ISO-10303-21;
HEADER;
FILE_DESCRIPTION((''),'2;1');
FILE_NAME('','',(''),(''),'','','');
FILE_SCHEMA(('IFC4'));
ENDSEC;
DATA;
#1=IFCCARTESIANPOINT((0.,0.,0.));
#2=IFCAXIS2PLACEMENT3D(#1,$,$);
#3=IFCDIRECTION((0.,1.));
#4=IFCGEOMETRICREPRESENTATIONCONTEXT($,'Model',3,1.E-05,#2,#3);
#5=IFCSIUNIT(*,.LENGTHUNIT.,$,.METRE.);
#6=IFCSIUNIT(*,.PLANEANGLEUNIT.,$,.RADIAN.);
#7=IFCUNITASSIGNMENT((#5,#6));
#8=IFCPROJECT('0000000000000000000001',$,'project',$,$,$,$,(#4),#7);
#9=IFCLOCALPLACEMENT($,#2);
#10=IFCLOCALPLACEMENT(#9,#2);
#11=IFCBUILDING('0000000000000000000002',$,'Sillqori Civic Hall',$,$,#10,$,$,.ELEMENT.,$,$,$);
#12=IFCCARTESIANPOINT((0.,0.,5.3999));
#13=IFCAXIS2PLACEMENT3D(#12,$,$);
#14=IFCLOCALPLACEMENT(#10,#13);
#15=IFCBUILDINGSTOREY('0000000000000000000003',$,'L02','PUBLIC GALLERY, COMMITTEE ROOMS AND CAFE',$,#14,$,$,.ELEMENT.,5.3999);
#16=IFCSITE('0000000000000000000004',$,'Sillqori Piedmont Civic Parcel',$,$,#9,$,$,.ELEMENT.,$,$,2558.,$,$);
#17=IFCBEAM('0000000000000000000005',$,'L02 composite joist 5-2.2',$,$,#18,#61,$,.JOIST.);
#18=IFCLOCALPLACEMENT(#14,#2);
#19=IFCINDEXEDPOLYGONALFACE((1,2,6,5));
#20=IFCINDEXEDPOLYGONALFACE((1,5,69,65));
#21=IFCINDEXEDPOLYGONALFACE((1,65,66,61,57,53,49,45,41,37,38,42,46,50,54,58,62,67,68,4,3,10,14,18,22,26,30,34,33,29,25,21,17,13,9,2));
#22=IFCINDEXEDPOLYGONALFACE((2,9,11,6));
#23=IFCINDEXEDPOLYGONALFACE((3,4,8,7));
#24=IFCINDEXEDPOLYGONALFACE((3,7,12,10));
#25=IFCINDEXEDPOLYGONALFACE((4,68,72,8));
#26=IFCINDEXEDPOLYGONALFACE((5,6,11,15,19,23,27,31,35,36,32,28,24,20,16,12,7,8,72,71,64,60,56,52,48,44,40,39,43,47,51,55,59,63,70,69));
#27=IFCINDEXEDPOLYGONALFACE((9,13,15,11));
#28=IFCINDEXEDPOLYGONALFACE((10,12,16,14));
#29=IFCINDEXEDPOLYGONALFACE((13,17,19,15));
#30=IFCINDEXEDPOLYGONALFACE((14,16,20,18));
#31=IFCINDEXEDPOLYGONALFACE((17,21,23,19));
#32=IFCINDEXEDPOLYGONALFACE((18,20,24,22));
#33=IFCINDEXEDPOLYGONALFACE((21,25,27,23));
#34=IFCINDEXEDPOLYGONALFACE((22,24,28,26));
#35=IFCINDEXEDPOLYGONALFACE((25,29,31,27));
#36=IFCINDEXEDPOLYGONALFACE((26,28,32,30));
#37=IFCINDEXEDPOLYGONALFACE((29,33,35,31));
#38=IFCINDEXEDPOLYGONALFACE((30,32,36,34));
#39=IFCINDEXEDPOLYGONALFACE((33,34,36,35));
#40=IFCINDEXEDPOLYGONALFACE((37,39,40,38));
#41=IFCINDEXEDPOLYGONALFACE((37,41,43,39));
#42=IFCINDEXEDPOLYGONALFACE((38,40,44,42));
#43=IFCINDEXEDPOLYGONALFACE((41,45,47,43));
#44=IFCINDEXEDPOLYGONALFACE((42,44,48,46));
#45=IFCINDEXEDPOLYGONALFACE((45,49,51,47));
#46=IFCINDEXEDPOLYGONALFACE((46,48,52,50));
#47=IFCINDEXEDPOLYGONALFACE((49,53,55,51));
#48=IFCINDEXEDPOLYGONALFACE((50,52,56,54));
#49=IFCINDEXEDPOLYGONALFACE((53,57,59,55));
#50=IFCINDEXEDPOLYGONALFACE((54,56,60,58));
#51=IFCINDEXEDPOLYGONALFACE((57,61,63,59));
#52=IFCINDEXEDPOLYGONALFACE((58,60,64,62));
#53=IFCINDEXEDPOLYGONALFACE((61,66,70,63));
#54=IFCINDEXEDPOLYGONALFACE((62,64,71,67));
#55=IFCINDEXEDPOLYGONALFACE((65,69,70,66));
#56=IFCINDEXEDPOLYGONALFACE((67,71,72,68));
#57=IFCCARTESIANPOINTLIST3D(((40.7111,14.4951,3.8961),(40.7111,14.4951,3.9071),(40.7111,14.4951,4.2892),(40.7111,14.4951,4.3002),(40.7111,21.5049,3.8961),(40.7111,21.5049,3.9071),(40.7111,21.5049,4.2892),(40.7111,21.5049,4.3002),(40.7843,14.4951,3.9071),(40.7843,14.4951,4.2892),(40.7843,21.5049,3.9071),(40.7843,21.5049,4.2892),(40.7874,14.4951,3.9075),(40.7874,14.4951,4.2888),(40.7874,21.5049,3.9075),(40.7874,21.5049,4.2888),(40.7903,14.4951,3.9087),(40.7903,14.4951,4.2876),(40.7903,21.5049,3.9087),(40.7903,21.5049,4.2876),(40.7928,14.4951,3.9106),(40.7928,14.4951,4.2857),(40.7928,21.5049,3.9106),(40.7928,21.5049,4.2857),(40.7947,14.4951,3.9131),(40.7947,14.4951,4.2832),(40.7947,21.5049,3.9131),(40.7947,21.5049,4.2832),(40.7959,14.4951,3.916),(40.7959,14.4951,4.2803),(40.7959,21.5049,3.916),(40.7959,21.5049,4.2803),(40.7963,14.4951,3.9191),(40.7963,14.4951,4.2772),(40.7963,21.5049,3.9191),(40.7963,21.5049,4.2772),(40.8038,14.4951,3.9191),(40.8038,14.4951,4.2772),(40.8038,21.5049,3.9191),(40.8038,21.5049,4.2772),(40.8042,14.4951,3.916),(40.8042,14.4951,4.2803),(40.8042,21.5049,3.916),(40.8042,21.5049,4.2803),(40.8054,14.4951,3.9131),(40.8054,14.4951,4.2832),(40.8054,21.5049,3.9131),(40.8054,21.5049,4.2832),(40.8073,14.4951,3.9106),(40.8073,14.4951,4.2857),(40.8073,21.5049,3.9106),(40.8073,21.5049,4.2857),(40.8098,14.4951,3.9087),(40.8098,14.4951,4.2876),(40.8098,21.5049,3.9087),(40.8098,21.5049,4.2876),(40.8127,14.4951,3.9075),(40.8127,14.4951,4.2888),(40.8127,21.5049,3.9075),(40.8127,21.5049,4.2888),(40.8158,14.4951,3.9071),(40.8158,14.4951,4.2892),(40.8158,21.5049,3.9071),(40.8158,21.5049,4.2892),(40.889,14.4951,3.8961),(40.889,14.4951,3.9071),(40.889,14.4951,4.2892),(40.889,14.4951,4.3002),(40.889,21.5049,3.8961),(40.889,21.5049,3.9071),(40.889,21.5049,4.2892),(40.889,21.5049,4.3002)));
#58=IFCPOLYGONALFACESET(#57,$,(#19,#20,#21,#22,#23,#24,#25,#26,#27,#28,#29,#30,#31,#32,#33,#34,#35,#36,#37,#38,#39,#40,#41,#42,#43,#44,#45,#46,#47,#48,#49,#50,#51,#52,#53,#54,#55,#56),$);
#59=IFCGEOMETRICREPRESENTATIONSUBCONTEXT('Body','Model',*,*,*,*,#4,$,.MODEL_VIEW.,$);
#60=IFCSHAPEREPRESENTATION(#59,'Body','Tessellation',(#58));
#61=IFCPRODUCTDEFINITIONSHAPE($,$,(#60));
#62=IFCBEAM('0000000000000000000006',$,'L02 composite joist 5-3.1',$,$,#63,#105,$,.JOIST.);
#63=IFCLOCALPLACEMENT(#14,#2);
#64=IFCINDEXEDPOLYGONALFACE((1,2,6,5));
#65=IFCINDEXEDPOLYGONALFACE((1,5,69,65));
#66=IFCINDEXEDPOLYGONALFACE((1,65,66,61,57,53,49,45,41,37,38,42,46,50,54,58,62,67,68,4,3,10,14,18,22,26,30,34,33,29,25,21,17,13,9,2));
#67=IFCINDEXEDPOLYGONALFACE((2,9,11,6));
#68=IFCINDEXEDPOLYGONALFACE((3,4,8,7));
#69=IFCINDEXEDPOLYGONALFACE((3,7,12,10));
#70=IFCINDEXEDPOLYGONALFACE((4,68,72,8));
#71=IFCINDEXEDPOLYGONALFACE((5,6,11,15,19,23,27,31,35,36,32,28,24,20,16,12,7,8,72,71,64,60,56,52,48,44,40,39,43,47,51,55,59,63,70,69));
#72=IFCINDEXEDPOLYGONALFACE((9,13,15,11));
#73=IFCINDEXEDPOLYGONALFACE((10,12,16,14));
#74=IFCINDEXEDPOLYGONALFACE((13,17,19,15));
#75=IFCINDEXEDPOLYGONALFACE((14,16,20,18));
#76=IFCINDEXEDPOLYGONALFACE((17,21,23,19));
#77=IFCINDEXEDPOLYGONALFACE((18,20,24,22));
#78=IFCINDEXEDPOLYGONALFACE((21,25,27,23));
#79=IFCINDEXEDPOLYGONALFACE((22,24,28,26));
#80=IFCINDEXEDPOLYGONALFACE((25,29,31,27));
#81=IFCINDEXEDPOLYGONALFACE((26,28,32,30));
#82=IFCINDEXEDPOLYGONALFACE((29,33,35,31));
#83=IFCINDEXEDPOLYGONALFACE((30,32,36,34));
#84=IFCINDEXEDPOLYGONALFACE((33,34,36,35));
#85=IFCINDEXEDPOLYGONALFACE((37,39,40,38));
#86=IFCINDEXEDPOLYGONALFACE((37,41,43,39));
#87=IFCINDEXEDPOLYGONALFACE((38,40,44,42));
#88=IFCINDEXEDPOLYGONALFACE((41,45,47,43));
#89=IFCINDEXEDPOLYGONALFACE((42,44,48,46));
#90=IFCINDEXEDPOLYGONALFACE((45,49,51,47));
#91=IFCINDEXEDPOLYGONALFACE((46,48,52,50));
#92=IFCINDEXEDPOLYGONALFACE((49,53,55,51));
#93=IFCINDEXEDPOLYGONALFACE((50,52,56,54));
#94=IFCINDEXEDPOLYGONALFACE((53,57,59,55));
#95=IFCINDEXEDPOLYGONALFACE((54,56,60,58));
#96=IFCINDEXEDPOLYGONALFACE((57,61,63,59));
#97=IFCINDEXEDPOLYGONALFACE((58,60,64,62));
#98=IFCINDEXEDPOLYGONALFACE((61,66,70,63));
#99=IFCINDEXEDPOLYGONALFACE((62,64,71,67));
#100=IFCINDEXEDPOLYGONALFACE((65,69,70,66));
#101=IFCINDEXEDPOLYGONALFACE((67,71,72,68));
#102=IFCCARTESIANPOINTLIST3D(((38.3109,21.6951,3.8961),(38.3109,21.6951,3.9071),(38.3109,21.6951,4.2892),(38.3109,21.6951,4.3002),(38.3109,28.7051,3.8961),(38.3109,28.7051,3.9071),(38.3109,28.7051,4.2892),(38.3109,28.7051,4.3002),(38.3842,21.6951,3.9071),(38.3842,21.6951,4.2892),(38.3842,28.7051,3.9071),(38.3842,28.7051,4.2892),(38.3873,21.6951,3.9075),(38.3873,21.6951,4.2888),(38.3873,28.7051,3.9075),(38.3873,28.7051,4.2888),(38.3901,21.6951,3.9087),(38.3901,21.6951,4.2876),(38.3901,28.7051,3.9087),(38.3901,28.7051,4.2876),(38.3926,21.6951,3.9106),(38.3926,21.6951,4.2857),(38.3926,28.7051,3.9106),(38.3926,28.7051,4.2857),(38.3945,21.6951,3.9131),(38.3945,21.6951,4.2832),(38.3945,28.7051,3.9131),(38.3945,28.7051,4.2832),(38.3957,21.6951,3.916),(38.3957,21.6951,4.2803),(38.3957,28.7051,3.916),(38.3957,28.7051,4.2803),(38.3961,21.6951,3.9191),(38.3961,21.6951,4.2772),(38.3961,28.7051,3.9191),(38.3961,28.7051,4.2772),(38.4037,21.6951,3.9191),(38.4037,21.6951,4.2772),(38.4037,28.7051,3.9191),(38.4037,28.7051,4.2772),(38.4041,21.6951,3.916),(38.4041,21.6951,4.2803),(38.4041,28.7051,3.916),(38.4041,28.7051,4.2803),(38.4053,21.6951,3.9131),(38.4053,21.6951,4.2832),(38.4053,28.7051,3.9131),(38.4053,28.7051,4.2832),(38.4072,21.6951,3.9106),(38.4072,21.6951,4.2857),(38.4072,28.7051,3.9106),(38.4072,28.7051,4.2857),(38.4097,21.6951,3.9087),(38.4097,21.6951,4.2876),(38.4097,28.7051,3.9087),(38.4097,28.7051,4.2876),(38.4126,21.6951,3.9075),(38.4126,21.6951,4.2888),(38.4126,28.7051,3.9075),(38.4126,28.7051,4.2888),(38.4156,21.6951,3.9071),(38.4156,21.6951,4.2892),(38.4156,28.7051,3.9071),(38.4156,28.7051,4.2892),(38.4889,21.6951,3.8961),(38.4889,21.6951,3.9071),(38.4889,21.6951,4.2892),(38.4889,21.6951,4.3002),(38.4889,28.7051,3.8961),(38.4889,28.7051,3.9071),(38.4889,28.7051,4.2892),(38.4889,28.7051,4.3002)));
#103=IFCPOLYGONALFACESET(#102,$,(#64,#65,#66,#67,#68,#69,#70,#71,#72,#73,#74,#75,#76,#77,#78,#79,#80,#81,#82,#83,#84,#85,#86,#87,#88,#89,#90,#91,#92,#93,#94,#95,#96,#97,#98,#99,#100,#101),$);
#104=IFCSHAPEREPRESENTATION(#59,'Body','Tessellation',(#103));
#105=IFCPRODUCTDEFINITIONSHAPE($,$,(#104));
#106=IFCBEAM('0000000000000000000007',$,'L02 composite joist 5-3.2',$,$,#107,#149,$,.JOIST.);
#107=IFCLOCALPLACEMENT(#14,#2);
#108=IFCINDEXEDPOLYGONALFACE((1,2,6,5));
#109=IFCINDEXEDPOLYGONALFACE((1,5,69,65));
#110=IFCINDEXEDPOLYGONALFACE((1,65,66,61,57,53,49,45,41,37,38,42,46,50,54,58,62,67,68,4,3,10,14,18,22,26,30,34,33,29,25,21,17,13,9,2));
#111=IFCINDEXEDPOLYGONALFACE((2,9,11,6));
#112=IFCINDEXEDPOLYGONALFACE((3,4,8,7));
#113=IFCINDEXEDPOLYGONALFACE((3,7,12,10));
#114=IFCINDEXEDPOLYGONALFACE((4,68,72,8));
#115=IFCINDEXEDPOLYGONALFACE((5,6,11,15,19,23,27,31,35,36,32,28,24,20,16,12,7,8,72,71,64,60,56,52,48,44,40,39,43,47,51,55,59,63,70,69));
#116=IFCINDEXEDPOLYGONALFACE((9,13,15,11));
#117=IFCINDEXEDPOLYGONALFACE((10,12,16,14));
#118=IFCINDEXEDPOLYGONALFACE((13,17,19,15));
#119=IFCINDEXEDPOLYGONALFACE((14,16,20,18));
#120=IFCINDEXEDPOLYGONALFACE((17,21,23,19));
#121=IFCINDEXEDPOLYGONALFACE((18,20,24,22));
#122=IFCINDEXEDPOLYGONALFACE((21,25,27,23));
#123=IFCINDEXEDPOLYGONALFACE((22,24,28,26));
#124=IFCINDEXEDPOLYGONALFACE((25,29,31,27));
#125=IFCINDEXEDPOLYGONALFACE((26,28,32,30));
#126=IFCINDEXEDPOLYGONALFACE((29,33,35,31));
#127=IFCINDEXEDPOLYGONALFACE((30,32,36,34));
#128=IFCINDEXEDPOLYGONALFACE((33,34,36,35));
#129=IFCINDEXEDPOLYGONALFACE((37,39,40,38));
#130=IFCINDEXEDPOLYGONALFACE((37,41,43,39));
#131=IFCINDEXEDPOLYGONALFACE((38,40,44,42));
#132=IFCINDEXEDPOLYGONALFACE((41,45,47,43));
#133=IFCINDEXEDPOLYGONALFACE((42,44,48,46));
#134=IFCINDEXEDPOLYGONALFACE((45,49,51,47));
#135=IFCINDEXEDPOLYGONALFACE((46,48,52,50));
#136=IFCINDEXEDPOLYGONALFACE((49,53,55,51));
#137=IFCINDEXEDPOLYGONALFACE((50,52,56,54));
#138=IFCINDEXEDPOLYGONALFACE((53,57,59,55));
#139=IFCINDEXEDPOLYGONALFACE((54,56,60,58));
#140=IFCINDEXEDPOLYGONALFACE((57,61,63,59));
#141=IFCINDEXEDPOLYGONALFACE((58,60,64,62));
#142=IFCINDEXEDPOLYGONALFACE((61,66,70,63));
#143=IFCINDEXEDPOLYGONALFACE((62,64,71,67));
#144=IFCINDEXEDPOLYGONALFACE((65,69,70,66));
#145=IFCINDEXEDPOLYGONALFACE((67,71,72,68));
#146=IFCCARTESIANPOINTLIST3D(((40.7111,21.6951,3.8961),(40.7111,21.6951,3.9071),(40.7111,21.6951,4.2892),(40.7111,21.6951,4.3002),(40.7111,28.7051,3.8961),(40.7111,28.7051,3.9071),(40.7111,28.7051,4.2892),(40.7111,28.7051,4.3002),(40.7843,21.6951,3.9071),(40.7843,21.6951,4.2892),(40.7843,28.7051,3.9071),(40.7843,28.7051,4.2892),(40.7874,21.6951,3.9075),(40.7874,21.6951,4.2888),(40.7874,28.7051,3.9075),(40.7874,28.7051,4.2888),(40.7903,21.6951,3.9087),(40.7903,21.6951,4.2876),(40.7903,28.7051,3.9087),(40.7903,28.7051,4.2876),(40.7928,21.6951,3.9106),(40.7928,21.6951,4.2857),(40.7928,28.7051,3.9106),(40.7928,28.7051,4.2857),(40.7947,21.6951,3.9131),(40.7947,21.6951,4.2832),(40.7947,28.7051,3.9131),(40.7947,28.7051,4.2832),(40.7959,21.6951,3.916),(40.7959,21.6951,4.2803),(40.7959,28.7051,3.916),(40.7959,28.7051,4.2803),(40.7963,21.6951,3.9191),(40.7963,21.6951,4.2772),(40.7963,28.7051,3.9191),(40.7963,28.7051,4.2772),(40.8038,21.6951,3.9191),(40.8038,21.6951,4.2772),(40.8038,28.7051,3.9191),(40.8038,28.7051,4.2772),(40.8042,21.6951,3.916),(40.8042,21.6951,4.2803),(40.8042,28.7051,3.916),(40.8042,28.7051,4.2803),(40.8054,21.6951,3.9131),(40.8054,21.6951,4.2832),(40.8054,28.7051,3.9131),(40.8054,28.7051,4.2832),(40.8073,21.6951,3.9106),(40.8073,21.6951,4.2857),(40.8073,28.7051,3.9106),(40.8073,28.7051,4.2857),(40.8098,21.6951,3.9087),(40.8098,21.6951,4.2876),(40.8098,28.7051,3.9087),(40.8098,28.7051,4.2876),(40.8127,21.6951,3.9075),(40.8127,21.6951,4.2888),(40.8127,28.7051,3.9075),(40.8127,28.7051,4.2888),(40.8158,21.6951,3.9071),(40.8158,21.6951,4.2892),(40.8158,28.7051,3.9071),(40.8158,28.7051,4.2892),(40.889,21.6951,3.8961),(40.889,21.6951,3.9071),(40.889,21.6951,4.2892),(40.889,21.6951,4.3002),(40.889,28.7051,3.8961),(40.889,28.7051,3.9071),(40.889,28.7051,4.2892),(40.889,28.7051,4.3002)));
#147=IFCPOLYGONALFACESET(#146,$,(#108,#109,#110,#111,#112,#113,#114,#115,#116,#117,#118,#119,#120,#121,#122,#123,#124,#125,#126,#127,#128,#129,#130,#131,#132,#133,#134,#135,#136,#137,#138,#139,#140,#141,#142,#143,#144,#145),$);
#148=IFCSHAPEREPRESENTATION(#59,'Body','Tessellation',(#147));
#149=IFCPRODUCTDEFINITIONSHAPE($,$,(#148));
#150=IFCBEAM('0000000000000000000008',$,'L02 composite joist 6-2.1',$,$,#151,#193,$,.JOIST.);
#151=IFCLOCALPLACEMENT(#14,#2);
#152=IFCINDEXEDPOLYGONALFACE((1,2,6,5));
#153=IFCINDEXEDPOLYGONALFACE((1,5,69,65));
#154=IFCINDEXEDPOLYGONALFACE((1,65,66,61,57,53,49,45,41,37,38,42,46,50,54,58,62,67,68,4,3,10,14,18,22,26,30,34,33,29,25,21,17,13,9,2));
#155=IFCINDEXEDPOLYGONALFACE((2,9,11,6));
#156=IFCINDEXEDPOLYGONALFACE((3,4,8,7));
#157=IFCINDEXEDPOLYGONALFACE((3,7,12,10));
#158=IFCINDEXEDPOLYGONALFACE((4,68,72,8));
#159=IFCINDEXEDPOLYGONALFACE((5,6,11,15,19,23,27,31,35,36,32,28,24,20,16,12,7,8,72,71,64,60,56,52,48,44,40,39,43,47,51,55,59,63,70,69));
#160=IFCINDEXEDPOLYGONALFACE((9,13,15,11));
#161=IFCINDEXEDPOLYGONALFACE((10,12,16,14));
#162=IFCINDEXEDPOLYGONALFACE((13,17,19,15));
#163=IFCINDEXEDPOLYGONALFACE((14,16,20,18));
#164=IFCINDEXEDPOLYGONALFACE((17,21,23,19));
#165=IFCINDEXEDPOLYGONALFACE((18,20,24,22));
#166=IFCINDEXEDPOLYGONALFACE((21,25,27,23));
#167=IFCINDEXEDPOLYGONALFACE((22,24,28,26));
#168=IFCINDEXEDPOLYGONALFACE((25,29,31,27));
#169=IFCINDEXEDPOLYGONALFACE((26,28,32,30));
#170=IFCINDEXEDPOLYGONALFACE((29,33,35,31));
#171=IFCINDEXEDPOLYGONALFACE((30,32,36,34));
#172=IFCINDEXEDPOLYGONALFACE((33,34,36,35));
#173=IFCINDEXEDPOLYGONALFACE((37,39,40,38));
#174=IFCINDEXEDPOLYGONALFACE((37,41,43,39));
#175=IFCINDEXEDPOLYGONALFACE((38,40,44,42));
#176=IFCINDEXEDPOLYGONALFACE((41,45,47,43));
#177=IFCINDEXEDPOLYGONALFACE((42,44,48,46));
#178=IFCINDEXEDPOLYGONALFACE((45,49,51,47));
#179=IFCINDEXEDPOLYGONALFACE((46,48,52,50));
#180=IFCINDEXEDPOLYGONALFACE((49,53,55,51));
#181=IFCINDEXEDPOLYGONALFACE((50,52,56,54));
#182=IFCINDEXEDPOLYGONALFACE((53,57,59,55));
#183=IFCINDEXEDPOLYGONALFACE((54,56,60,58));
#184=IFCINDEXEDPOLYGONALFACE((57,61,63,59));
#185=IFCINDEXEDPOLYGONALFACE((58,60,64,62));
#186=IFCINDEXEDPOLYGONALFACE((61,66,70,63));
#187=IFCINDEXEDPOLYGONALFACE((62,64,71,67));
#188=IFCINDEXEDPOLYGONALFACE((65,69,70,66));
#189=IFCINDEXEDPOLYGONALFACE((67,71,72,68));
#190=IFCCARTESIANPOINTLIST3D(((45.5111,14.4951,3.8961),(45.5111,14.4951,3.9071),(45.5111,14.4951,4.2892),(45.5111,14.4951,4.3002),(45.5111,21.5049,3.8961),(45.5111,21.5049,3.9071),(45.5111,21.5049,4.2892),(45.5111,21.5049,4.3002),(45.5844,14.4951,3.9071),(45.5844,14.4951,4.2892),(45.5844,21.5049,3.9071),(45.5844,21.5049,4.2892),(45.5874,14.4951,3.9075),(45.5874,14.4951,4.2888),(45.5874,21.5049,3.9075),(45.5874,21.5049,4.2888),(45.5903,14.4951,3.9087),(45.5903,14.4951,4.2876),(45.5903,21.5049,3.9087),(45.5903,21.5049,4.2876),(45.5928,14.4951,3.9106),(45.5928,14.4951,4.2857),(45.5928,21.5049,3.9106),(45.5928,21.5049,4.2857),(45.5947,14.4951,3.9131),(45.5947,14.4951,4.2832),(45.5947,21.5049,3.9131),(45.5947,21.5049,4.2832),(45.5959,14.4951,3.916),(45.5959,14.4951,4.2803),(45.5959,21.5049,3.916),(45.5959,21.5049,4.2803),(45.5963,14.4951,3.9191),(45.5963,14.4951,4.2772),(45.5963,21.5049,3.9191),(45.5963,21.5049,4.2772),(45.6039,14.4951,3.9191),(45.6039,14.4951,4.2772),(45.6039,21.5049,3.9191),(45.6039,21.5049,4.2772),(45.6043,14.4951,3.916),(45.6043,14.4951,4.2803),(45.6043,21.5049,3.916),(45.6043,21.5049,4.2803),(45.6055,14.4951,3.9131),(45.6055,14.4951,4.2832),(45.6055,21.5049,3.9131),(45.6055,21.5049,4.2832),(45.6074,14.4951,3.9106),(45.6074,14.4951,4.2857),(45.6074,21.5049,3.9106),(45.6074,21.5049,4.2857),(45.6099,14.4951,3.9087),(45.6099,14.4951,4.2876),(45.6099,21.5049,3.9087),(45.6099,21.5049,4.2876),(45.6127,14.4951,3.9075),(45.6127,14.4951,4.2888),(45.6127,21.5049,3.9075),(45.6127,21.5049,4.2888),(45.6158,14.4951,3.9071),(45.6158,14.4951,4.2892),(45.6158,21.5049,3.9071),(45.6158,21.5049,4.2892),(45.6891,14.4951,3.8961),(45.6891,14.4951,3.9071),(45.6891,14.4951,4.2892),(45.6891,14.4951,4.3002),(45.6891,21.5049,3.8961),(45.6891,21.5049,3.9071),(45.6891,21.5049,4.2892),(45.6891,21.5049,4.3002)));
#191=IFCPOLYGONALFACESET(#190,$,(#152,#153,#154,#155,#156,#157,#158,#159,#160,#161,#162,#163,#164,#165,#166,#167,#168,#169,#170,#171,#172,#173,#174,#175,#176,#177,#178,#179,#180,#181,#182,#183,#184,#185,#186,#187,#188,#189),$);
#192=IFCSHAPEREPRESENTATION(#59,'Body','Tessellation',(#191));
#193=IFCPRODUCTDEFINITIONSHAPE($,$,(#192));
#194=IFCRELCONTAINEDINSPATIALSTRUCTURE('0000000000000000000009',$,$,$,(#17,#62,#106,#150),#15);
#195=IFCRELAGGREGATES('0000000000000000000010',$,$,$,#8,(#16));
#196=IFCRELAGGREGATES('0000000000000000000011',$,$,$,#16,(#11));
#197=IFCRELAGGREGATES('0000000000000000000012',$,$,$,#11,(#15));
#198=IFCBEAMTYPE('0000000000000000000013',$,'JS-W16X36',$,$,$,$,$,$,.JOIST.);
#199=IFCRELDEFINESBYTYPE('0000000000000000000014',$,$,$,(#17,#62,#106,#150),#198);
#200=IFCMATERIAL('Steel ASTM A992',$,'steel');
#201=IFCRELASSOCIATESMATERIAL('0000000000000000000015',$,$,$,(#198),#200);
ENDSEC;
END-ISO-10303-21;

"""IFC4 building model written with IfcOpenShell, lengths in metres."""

from ifc_helpers import new_model, si_unit, direction, frame, origin, origin_2d, place, context, subcontext, project, spatial, i_section, extrude, material, material_profile, profile_set, type_object, element, save


model = new_model("IFC4")

# Units and contexts
model_context = context("Model", 3, precision=1e-05, world=origin(), true_north=direction((0.0, 1.0)))
body_context = subcontext(model_context, "Body", "Model", "MODEL_VIEW")
ifc_project = project(units=[si_unit("LENGTHUNIT", "METRE"), si_unit("PLANEANGLEUNIT", "RADIAN")], contexts=[model_context])

# Site, building, storey
site_placement = place(None, origin())
site = spatial("IfcSite", under=ifc_project, at=site_placement, Name="Sillqori Piedmont Civic Parcel", CompositionType="ELEMENT", RefElevation=2558.0)
building_placement = place(site_placement, origin())
building = spatial("IfcBuilding", under=site, at=building_placement, Name="Sillqori Civic Hall", CompositionType="ELEMENT")
storey_placement = place(building_placement, frame((0.0, 0.0, 5.3999)))
storey = spatial("IfcBuildingStorey", under=building, at=storey_placement, Name="L02", Description="PUBLIC GALLERY, COMMITTEE ROOMS AND CAFE", CompositionType="ELEMENT", Elevation=5.3999)

# Shared definitions
ifc_material_1 = material(Name="Steel ASTM A992", Category="steel")

# Beams
ifc_material_profile_1 = material_profile(ifc_material_1, i_section(OverallWidth=0.178, OverallDepth=0.4041, WebThickness=0.0076, FlangeThickness=0.011, FilletRadius=0.012, at=origin_2d()), Name="W16X36")
ifc_profile_set_1 = profile_set([ifc_material_profile_1], Name="Steel ASTM A992")
beam_type_1 = type_object("IfcBeamType", Name="JS-W16X36", PredefinedType="JOIST", material=ifc_profile_set_1)
beam_1_placement = place(storey_placement, frame((40.8, 14.4951, 4.0981), z_axis=(0.0, 1.0, 0.0), x_axis=(-1.0, 0.0, 0.0)))
element("IfcBeam", 1, at=beam_1_placement, inside=storey, type_object=beam_type_1, Name="L02 composite joist 5-2.2", PredefinedType="JOIST", context=body_context, shape_type="SweptSolid", body=[
    extrude(i_section(OverallWidth=0.178, OverallDepth=0.4041, WebThickness=0.0076, FlangeThickness=0.011, FilletRadius=0.012, at=origin_2d()), origin(), (0.0, 0.0, 1.0), 7.0098),
])
for number, where, z_axis, x_axis, name in (
    (2, (38.3999, 21.6951, 4.0981), (0.0, 1.0, 0.0), (-1.0, 0.0, 0.0), "L02 composite joist 5-3.1"),
    (3, (40.8, 21.6951, 4.0981), (0.0, 1.0, 0.0), (-1.0, 0.0, 0.0), "L02 composite joist 5-3.2"),
):
    element("IfcBeam", number, at=place(storey_placement, frame(where, z_axis=z_axis, x_axis=x_axis)), inside=storey, type_object=beam_type_1, Name=name, PredefinedType="JOIST", context=body_context, shape_type="SweptSolid", body=[
        extrude(i_section(OverallWidth=0.178, OverallDepth=0.4041, WebThickness=0.0076, FlangeThickness=0.011, FilletRadius=0.012, at=origin_2d()), origin(), (0.0, 0.0, 1.0), 7.01),
    ])
beam_2_placement = place(storey_placement, frame((45.6001, 14.4951, 4.0981), z_axis=(0.0, 1.0, 0.0), x_axis=(-1.0, 0.0, 0.0)))
element("IfcBeam", 4, at=beam_2_placement, inside=storey, type_object=beam_type_1, Name="L02 composite joist 6-2.1", PredefinedType="JOIST", context=body_context, shape_type="SweptSolid", body=[
    extrude(i_section(OverallWidth=0.178, OverallDepth=0.4041, WebThickness=0.0076, FlangeThickness=0.011, FilletRadius=0.012, at=origin_2d()), origin(), (0.0, 0.0, 1.0), 7.0098),
])

save(model, "model.ifc")
